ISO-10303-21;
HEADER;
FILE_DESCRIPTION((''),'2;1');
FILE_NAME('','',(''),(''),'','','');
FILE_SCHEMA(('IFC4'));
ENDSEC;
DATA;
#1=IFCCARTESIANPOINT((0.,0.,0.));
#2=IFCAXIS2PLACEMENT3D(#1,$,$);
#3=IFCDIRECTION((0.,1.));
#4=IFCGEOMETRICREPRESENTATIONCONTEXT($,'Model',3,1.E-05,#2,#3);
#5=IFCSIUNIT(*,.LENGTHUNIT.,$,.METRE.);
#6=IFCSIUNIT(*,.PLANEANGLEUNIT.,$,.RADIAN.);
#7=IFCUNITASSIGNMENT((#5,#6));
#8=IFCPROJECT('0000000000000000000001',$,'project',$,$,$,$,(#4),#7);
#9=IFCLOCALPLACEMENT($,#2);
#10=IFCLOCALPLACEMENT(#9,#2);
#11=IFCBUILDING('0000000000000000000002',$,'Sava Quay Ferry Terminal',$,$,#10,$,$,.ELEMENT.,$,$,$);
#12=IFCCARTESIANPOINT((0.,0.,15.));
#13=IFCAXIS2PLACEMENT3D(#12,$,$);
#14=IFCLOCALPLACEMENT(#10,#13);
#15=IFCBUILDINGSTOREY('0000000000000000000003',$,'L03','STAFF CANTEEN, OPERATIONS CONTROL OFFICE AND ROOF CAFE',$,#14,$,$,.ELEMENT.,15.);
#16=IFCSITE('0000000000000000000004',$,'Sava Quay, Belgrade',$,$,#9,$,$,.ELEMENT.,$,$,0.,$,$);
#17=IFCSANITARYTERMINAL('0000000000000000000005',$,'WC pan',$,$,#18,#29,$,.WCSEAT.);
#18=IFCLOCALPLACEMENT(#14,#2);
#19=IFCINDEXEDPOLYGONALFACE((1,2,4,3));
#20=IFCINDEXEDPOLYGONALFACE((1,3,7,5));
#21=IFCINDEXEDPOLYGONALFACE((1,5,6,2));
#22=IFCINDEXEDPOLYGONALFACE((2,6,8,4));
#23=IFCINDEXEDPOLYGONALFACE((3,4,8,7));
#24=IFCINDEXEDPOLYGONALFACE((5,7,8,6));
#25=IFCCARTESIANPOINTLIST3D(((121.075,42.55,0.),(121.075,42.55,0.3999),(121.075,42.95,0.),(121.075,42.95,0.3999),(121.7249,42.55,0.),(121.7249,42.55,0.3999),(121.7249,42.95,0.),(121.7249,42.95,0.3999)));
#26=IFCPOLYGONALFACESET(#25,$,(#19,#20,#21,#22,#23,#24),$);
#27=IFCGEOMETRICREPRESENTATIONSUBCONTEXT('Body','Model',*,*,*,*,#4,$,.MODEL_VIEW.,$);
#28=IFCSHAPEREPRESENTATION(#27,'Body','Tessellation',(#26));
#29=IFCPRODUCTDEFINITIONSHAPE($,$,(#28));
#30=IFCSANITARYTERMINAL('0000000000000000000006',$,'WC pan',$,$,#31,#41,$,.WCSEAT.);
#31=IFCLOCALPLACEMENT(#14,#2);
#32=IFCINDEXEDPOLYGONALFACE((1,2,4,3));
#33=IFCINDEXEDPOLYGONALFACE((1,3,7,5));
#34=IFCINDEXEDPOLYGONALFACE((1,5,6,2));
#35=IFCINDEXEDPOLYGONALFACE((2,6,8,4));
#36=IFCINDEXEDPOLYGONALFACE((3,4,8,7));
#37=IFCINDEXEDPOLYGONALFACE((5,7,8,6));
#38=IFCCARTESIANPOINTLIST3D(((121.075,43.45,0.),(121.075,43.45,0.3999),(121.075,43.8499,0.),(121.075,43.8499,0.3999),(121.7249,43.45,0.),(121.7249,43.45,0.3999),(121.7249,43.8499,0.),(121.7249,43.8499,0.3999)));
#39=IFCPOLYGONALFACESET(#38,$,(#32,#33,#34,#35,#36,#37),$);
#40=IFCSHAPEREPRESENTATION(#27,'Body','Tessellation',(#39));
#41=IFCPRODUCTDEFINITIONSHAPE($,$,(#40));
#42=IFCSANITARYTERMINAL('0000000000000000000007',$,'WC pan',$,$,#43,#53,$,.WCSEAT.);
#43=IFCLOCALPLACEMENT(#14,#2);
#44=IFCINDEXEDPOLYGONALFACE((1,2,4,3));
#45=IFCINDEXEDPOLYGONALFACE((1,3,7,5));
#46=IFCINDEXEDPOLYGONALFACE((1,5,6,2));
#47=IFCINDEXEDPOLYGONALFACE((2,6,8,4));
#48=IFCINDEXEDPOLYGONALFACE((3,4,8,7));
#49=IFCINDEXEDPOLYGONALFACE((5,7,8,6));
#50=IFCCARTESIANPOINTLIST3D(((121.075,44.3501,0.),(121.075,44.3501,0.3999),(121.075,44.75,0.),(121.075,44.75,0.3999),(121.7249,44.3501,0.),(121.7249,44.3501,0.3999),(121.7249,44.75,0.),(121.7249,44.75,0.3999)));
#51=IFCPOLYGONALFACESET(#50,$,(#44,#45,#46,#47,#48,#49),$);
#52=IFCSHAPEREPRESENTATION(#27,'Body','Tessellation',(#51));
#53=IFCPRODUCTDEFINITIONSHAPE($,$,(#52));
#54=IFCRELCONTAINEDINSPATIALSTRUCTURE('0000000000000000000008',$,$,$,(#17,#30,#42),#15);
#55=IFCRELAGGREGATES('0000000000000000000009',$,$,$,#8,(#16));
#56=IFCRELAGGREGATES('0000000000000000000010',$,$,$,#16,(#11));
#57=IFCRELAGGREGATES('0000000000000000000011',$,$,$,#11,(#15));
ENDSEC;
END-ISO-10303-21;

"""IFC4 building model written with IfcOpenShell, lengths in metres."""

from ifc_helpers import new_model, si_unit, direction, frame, origin, origin_2d, place, context, subcontext, project, spatial, rectangle, extrude, element, save


model = new_model("IFC4")

# Units and contexts
model_context = context("Model", 3, precision=1e-05, world=origin(), true_north=direction((0.0, 1.0)))
body_context = subcontext(model_context, "Body", "Model", "MODEL_VIEW")
ifc_project = project(units=[si_unit("LENGTHUNIT", "METRE"), si_unit("PLANEANGLEUNIT", "RADIAN")], contexts=[model_context])

# Site, building, storey
site_placement = place(None, origin())
site = spatial("IfcSite", under=ifc_project, at=site_placement, Name="Sava Quay, Belgrade", CompositionType="ELEMENT", RefElevation=0.0)
building_placement = place(site_placement, origin())
building = spatial("IfcBuilding", under=site, at=building_placement, Name="Sava Quay Ferry Terminal", CompositionType="ELEMENT")
storey_placement = place(building_placement, frame((0.0, 0.0, 15.0)))
storey = spatial("IfcBuildingStorey", under=building, at=storey_placement, Name="L03", Description="STAFF CANTEEN, OPERATIONS CONTROL OFFICE AND ROOF CAFE", CompositionType="ELEMENT", Elevation=15.0)

# Sanitary terminals
for number, where, z_axis, x_axis, name in (
    (1, (121.3999, 42.75, 0.0), (0.0, 0.0, 1.0), (1.0, 0.0, 0.0), "WC pan"),
    (2, (121.3999, 43.6499, 0.0), (0.0, 0.0, 1.0), (1.0, 0.0, 0.0), "WC pan"),
    (3, (121.3999, 44.55, 0.0), (0.0, 0.0, 1.0), (1.0, 0.0, 0.0), "WC pan"),
):
    element("IfcSanitaryTerminal", number, at=place(storey_placement, frame(where, z_axis=z_axis, x_axis=x_axis)), inside=storey, Name=name, PredefinedType="WCSEAT", context=body_context, shape_type="SweptSolid", body=[
        extrude(rectangle(XDim=0.6499, YDim=0.3999, at=origin_2d()), origin(), (0.0, 0.0, 1.0), 0.3999),
    ])

save(model, "model.ifc")
